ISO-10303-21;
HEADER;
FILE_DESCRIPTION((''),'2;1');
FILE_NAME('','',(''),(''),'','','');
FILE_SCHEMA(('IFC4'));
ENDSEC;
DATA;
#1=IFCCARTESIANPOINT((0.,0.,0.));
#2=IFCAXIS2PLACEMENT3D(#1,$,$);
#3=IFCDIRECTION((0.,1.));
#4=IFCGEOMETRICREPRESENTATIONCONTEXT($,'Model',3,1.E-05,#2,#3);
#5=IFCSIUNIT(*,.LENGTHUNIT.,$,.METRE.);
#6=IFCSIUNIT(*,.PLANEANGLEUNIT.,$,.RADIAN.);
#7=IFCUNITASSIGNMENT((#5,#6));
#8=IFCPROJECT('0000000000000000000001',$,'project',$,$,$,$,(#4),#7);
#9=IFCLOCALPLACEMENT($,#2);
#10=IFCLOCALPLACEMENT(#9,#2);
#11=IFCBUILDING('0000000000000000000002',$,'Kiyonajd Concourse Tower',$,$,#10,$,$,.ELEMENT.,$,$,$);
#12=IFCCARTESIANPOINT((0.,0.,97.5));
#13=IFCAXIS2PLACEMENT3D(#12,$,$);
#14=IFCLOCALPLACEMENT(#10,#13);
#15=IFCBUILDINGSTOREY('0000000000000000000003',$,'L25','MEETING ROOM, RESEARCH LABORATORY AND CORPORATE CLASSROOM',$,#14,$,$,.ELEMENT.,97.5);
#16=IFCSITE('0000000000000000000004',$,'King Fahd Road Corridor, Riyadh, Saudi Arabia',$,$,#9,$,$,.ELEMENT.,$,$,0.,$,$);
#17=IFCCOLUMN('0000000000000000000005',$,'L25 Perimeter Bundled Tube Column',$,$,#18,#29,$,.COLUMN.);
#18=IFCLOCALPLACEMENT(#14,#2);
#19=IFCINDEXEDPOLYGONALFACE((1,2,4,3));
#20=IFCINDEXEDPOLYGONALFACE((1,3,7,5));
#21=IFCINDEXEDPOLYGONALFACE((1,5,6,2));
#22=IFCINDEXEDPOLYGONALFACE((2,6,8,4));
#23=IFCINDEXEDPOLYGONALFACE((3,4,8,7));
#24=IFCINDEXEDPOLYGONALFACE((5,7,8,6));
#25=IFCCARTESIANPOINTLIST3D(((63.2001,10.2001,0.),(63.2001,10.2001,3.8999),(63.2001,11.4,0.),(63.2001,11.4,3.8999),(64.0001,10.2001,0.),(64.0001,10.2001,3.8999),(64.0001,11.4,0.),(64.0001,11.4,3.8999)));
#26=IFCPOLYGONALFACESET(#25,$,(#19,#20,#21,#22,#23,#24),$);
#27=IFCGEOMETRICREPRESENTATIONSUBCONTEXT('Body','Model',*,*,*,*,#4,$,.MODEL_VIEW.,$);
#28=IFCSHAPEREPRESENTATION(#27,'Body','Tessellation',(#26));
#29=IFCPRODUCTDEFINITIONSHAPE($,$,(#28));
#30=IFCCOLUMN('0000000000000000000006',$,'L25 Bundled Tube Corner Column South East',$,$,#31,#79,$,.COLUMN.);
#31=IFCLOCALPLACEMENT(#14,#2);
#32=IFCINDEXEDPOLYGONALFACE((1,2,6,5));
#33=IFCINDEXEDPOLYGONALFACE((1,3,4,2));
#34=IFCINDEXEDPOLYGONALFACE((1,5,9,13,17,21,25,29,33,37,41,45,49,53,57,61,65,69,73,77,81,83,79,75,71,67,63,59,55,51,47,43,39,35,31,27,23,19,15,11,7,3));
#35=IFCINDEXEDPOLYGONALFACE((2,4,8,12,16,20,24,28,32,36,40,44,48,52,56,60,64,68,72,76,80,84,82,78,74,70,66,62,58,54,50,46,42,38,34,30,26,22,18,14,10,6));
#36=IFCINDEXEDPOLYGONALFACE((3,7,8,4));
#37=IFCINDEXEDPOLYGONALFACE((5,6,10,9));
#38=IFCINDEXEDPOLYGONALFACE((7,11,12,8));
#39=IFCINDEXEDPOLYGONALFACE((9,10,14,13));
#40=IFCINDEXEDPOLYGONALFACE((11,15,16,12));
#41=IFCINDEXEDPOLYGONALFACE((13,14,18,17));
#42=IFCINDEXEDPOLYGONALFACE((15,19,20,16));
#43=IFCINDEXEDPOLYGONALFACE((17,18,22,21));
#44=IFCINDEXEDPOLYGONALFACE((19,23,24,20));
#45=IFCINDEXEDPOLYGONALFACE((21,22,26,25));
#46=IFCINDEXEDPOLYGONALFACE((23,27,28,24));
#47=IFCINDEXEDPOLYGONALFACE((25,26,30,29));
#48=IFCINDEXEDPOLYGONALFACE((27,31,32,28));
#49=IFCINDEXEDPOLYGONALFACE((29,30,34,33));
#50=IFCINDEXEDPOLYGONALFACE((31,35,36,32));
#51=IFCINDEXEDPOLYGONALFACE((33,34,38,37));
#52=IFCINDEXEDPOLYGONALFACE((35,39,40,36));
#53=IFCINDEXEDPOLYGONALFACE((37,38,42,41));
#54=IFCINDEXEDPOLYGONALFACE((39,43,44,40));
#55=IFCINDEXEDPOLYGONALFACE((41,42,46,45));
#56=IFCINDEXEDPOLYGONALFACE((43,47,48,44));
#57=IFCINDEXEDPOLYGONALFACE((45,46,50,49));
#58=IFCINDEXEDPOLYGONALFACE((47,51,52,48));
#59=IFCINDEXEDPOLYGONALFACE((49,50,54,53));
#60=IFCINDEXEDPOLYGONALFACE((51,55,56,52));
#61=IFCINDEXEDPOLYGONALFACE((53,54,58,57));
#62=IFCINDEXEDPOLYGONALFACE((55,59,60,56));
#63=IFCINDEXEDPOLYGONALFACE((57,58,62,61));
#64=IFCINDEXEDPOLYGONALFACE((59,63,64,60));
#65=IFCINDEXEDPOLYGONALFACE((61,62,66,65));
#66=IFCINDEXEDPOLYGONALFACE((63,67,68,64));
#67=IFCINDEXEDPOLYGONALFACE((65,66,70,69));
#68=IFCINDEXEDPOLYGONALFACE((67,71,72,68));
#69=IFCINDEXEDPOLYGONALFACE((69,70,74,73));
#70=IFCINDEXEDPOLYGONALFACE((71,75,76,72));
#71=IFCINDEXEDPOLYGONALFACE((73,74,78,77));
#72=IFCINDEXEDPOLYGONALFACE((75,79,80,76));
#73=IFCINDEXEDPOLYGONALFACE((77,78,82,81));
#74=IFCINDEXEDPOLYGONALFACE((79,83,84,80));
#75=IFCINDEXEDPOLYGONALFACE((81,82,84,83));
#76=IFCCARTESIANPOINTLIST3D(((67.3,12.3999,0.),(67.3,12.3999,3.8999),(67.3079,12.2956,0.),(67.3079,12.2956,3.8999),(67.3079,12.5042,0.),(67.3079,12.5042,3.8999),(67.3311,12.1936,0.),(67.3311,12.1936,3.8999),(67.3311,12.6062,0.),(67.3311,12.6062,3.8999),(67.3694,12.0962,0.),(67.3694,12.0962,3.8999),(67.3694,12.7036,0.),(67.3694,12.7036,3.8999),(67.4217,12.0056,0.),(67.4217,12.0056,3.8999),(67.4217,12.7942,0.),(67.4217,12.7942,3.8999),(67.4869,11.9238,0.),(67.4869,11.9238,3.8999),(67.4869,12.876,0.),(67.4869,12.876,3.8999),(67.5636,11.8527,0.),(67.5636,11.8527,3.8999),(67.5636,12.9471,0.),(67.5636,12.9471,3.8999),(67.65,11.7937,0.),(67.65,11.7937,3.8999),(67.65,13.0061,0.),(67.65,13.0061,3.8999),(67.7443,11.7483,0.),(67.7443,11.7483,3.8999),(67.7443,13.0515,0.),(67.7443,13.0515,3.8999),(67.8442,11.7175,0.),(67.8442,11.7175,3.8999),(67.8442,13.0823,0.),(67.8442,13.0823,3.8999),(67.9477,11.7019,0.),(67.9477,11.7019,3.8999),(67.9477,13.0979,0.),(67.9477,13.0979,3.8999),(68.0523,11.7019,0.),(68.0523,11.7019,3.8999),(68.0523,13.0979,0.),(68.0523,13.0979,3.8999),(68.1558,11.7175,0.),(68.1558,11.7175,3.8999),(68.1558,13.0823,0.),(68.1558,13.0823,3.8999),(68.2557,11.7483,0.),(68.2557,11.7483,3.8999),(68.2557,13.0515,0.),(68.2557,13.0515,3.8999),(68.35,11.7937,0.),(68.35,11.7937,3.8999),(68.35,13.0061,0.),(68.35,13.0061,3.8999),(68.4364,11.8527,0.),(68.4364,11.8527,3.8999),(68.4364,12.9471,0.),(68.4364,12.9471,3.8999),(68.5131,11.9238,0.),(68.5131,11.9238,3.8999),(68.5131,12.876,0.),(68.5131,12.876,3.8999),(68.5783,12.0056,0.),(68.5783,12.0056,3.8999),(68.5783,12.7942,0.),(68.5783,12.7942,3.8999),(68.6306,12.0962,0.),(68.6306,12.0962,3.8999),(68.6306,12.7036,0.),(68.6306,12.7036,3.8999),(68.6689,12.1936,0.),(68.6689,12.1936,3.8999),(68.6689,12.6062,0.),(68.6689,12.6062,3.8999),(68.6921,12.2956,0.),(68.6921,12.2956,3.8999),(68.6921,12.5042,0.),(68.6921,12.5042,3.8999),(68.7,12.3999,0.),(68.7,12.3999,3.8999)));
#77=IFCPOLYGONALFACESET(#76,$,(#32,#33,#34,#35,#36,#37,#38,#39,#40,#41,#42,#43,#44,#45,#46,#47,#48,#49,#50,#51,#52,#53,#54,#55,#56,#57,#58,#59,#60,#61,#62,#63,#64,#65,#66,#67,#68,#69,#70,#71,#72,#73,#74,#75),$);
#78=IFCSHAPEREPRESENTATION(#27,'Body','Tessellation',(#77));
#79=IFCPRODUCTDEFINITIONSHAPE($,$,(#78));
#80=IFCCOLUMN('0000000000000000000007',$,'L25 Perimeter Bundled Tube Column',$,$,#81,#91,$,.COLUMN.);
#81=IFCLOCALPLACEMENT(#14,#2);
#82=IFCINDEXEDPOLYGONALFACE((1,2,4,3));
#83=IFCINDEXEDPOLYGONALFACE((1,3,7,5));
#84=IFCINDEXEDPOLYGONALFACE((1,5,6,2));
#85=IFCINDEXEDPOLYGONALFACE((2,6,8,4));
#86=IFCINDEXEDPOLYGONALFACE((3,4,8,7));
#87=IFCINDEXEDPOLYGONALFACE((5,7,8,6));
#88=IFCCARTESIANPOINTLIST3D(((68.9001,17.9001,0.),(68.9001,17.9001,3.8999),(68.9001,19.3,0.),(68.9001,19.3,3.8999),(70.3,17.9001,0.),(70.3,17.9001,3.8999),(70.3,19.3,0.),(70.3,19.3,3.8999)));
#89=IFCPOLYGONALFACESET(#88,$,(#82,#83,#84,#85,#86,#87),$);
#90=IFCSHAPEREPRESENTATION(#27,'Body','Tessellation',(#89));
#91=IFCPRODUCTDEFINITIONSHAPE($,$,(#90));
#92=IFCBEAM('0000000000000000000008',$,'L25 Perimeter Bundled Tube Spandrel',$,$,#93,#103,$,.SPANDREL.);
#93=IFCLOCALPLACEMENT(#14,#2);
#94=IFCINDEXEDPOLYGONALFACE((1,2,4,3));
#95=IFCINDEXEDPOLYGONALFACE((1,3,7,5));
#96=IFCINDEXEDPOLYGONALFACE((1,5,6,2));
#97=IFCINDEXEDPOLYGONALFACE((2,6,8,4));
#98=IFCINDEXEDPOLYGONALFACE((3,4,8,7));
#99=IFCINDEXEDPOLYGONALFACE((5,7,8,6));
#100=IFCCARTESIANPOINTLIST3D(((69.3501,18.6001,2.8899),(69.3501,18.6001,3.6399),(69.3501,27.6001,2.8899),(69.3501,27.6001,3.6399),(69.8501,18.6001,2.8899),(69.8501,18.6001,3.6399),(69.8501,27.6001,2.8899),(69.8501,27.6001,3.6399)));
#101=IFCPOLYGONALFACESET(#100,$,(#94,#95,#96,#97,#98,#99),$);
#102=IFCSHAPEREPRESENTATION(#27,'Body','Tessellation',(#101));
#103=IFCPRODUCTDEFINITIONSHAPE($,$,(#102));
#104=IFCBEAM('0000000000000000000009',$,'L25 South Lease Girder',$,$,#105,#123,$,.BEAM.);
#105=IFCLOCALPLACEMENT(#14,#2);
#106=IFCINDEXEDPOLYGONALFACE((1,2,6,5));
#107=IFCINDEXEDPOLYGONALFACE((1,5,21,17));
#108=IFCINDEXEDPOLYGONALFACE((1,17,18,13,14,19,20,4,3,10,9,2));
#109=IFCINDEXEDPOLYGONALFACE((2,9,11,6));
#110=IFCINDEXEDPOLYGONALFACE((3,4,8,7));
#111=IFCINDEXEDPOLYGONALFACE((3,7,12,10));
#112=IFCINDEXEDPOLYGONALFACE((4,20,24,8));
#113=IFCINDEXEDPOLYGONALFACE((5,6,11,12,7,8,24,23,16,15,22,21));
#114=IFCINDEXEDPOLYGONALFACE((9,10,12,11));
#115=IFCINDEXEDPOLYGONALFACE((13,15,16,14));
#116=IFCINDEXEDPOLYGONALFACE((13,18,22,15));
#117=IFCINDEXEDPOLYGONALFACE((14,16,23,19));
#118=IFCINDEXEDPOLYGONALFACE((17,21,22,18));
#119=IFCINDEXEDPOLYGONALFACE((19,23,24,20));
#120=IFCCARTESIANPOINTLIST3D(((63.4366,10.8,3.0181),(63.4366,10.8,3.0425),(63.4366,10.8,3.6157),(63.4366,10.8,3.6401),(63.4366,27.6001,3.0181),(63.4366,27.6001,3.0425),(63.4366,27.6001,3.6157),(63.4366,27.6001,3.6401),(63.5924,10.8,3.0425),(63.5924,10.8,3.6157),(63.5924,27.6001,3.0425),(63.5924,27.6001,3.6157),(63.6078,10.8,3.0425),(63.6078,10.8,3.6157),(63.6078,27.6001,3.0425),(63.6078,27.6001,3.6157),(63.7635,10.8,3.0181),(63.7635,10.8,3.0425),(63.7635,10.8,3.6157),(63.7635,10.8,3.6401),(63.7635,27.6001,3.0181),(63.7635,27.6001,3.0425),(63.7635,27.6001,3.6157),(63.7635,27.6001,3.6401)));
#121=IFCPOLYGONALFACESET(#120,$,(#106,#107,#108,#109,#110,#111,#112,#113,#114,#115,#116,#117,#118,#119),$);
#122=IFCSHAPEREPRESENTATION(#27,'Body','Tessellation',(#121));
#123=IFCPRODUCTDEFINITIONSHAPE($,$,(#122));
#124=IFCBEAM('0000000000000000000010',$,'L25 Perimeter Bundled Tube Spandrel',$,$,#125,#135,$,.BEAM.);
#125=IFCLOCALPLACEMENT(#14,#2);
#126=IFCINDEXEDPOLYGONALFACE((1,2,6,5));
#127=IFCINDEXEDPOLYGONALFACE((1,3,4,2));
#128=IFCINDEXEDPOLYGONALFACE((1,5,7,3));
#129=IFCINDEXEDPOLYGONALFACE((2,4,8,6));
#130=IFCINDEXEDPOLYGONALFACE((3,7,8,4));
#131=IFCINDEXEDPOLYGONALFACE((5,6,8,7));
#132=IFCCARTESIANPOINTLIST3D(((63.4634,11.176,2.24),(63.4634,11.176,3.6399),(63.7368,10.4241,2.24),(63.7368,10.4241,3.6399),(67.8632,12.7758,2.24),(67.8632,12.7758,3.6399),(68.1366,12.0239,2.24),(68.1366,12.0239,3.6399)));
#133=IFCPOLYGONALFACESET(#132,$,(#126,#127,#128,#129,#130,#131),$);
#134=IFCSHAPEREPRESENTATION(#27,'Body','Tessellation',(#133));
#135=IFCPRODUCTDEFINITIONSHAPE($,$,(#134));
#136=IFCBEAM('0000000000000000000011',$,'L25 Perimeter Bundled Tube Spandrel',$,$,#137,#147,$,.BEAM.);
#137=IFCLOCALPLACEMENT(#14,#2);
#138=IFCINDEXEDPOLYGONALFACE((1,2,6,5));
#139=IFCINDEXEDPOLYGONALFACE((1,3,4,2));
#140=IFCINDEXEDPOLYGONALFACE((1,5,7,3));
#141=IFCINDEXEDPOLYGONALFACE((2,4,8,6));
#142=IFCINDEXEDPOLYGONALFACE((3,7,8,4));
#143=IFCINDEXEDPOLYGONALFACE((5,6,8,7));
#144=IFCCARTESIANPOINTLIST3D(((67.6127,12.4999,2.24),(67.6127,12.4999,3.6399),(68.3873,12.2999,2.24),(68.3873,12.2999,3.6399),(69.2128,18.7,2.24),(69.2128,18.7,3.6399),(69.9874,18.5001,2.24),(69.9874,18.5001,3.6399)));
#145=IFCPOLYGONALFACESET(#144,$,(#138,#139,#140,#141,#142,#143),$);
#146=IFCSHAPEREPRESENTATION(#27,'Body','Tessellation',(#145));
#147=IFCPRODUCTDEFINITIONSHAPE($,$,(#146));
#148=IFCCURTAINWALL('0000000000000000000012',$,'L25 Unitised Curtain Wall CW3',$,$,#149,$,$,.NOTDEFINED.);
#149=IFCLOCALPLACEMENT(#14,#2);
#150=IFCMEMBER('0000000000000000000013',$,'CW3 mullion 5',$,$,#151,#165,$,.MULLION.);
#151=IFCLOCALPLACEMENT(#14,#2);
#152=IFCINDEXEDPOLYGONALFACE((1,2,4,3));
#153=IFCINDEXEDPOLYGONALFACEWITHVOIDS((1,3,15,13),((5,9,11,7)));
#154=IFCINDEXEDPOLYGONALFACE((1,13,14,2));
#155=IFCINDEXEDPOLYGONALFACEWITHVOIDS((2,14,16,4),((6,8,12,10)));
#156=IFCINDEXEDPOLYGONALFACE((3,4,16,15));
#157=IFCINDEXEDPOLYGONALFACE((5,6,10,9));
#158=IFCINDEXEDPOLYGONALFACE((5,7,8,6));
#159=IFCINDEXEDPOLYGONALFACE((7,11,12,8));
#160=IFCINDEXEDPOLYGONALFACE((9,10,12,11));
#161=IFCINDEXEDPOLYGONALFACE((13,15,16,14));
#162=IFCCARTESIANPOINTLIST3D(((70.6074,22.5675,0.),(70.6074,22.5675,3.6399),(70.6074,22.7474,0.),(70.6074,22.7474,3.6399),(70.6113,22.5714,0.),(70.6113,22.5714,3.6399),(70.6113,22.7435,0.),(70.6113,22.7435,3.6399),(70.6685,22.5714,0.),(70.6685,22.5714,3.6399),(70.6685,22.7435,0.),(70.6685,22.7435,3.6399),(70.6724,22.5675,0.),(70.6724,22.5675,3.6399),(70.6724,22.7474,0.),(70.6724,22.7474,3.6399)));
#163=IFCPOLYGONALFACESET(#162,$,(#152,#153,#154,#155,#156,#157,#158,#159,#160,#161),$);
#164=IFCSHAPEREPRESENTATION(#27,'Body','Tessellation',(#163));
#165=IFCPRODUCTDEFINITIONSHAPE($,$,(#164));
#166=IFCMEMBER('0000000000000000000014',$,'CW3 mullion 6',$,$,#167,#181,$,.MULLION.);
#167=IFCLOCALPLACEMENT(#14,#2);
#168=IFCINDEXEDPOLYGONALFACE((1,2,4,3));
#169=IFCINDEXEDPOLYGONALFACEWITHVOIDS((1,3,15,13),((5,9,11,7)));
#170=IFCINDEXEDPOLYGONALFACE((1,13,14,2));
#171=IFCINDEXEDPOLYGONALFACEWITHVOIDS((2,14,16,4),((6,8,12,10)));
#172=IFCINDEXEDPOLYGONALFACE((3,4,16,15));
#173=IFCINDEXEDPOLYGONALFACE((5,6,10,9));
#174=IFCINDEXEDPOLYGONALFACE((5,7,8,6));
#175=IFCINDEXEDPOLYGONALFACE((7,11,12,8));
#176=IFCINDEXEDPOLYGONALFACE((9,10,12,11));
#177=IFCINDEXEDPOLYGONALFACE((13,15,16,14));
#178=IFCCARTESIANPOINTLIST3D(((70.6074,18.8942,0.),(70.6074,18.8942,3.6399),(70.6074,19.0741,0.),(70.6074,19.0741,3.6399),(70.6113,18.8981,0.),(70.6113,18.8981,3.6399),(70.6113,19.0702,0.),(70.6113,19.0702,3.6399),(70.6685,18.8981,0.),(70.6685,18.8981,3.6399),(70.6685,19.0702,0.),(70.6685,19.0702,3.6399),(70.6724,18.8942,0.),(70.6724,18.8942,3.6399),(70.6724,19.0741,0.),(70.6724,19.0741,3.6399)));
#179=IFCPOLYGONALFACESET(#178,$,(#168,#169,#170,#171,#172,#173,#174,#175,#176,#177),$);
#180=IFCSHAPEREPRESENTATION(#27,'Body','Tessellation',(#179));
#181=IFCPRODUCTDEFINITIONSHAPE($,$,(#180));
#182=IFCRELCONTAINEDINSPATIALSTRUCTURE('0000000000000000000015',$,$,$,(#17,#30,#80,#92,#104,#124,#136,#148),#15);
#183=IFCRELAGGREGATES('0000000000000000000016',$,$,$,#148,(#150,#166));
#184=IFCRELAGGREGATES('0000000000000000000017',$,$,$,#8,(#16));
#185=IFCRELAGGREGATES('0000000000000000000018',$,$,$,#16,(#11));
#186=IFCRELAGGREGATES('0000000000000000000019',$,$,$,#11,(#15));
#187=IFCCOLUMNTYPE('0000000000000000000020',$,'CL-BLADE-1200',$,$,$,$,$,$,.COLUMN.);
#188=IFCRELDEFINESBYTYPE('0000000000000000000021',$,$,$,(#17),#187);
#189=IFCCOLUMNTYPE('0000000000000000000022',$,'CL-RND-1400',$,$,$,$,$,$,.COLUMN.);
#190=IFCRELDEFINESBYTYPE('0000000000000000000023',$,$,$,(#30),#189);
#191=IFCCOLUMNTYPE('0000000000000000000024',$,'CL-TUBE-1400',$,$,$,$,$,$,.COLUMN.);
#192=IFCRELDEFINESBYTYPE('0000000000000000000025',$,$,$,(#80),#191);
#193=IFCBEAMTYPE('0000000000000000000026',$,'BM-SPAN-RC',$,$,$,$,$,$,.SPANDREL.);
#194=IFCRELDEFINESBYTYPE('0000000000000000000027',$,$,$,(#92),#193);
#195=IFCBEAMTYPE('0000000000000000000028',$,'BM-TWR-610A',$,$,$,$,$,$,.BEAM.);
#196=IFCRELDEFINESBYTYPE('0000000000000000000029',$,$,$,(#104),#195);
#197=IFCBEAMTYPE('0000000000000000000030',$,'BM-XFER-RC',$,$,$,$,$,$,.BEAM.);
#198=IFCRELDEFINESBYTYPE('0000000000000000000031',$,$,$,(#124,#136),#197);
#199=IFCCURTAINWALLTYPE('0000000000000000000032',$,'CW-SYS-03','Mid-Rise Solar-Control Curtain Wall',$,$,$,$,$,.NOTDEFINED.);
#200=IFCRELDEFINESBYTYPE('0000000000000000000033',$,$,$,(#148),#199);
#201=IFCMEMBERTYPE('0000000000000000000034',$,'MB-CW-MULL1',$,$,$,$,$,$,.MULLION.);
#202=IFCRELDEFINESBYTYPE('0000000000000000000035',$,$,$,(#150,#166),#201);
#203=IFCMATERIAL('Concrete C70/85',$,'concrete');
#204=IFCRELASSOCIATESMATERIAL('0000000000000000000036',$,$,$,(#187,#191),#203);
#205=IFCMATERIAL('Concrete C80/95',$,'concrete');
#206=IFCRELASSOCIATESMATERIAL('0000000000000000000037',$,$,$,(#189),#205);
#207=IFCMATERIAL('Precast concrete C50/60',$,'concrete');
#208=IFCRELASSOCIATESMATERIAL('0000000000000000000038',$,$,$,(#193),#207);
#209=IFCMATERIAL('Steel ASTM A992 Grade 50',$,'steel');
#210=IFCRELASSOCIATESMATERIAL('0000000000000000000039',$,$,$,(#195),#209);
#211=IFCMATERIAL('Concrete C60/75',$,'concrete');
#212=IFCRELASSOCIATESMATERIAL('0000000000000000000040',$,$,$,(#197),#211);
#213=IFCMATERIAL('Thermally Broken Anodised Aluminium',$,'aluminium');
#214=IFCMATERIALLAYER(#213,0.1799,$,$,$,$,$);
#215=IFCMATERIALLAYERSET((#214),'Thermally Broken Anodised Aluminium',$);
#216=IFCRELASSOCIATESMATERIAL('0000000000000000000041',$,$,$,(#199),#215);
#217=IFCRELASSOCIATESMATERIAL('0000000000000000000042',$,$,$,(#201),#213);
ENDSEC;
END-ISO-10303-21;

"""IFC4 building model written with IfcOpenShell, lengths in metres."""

from ifc_helpers import new_model, si_unit, direction, frame, origin, origin_2d, place, context, subcontext, project, spatial, rectangle, hollow_rectangle, circle, i_section, extrude, material, layer, layer_set, material_profile, profile_set, type_object, element, aggregate, save


model = new_model("IFC4")

# Units and contexts
model_context = context("Model", 3, precision=1e-05, world=origin(), true_north=direction((0.0, 1.0)))
body_context = subcontext(model_context, "Body", "Model", "MODEL_VIEW")
ifc_project = project(units=[si_unit("LENGTHUNIT", "METRE"), si_unit("PLANEANGLEUNIT", "RADIAN")], contexts=[model_context])

# Site, building, storey
site_placement = place(None, origin())
site = spatial("IfcSite", under=ifc_project, at=site_placement, Name="King Fahd Road Corridor, Riyadh, Saudi Arabia", CompositionType="ELEMENT", RefElevation=0.0)
building_placement = place(site_placement, origin())
building = spatial("IfcBuilding", under=site, at=building_placement, Name="Kiyonajd Concourse Tower", CompositionType="ELEMENT")
storey_placement = place(building_placement, frame((0.0, 0.0, 97.5)))
storey = spatial("IfcBuildingStorey", under=building, at=storey_placement, Name="L25", Description="MEETING ROOM, RESEARCH LABORATORY AND CORPORATE CLASSROOM", CompositionType="ELEMENT", Elevation=97.5)

# Columns
ifc_material_1 = material(Name="Concrete C70/85", Category="concrete")
ifc_material_profile_1 = material_profile(ifc_material_1, rectangle(XDim=0.8, YDim=1.2, at=origin_2d()), Name="RC-1200x800")
ifc_profile_set_1 = profile_set([ifc_material_profile_1], Name="Concrete C70/85")
column_type_1 = type_object("IfcColumnType", Name="CL-BLADE-1200", PredefinedType="COLUMN", material=ifc_profile_set_1)
column_1_placement = place(storey_placement, frame((63.6001, 10.8, 0.0), z_axis=(0.0, 0.0, 1.0), x_axis=(1.0, 0.0, 0.0)))
element("IfcColumn", 1, at=column_1_placement, inside=storey, type_object=column_type_1, Name="L25 Perimeter Bundled Tube Column", PredefinedType="COLUMN", context=body_context, shape_type="SweptSolid", body=[
    extrude(rectangle(XDim=0.8, YDim=1.2, at=origin_2d()), origin(), (0.0, 0.0, 1.0), 3.8999),
])
ifc_material_2 = material(Name="Concrete C80/95", Category="concrete")
ifc_material_profile_2 = material_profile(ifc_material_2, circle(Radius=0.7, at=origin_2d()), Name="RCC-D1400")
ifc_profile_set_2 = profile_set([ifc_material_profile_2], Name="Concrete C80/95")
column_type_2 = type_object("IfcColumnType", Name="CL-RND-1400", PredefinedType="COLUMN", material=ifc_profile_set_2)
column_2_placement = place(storey_placement, frame((68.0, 12.3999, 0.0), z_axis=(0.0, 0.0, 1.0), x_axis=(1.0, 0.0, 0.0)))
element("IfcColumn", 2, at=column_2_placement, inside=storey, type_object=column_type_2, Name="L25 Bundled Tube Corner Column South East", PredefinedType="COLUMN", context=body_context, shape_type="SweptSolid", body=[
    extrude(circle(Radius=0.7, at=origin_2d()), origin(), (0.0, 0.0, 1.0), 3.8999),
])
ifc_material_profile_3 = material_profile(ifc_material_1, rectangle(XDim=1.3999, YDim=1.3999, at=origin_2d()), Name="RC-1400x1400")
ifc_profile_set_3 = profile_set([ifc_material_profile_3], Name="Concrete C70/85")
column_type_3 = type_object("IfcColumnType", Name="CL-TUBE-1400", PredefinedType="COLUMN", material=ifc_profile_set_3)
column_3_placement = place(storey_placement, frame((69.6001, 18.6001, 0.0), z_axis=(0.0, 0.0, 1.0), x_axis=(1.0, 0.0, 0.0)))
element("IfcColumn", 3, at=column_3_placement, inside=storey, type_object=column_type_3, Name="L25 Perimeter Bundled Tube Column", PredefinedType="COLUMN", context=body_context, shape_type="SweptSolid", body=[
    extrude(rectangle(XDim=1.3999, YDim=1.3999, at=origin_2d()), origin(), (0.0, 0.0, 1.0), 3.8999),
])

# Beams
ifc_material_3 = material(Name="Precast concrete C50/60", Category="concrete")
ifc_material_profile_4 = material_profile(ifc_material_3, rectangle(XDim=0.5, YDim=0.75, at=origin_2d()), Name="RCBM-500x750")
ifc_profile_set_4 = profile_set([ifc_material_profile_4], Name="Precast concrete C50/60")
beam_type_1 = type_object("IfcBeamType", Name="BM-SPAN-RC", PredefinedType="SPANDREL", material=ifc_profile_set_4)
beam_1_placement = place(storey_placement, frame((69.6001, 18.6001, 3.2649), z_axis=(0.0, 1.0, 0.0), x_axis=(-1.0, 0.0, 0.0)))
element("IfcBeam", 4, at=beam_1_placement, inside=storey, type_object=beam_type_1, Name="L25 Perimeter Bundled Tube Spandrel", PredefinedType="SPANDREL", context=body_context, shape_type="SweptSolid", body=[
    extrude(rectangle(XDim=0.5, YDim=0.75, at=origin_2d()), origin(), (0.0, 0.0, 1.0), 9.0),
])
ifc_material_4 = material(Name="Steel ASTM A992 Grade 50", Category="steel")
ifc_material_profile_5 = material_profile(ifc_material_4, i_section(OverallWidth=0.3269, OverallDepth=0.6221, WebThickness=0.0154, FlangeThickness=0.0244, at=origin_2d()), Name="W610X195")
ifc_profile_set_5 = profile_set([ifc_material_profile_5], Name="Steel ASTM A992 Grade 50")
beam_type_2 = type_object("IfcBeamType", Name="BM-TWR-610A", PredefinedType="BEAM", material=ifc_profile_set_5)
beam_2_placement = place(storey_placement, frame((63.6001, 10.8, 3.3291), z_axis=(0.0, 1.0, 0.0), x_axis=(-1.0, 0.0, 0.0)))
element("IfcBeam", 5, at=beam_2_placement, inside=storey, type_object=beam_type_2, Name="L25 South Lease Girder", PredefinedType="BEAM", context=body_context, shape_type="SweptSolid", body=[
    extrude(i_section(OverallWidth=0.3269, OverallDepth=0.6221, WebThickness=0.0154, FlangeThickness=0.0244, at=origin_2d()), origin(), (0.0, 0.0, 1.0), 16.8),
])
ifc_material_5 = material(Name="Concrete C60/75", Category="concrete")
ifc_material_profile_6 = material_profile(ifc_material_5, rectangle(XDim=0.8, YDim=1.3999, at=origin_2d()), Name="RCBM-800x1400")
ifc_profile_set_6 = profile_set([ifc_material_profile_6], Name="Concrete C60/75")
beam_type_3 = type_object("IfcBeamType", Name="BM-XFER-RC", PredefinedType="BEAM", material=ifc_profile_set_6)
beam_3_placement = place(storey_placement, frame((63.6001, 10.8, 2.9399), z_axis=(0.939801, 0.341722, 0.0), x_axis=(-0.341722, 0.939801, 0.0)))
element("IfcBeam", 6, at=beam_3_placement, inside=storey, type_object=beam_type_3, Name="L25 Perimeter Bundled Tube Spandrel", PredefinedType="BEAM", context=body_context, shape_type="SweptSolid", body=[
    extrude(rectangle(XDim=0.8, YDim=1.3999, at=origin_2d()), origin(), (0.0, 0.0, 1.0), 4.6816),
])
beam_4_placement = place(storey_placement, frame((68.0, 12.3999, 2.9399), z_axis=(0.249885, 0.968276, 0.0), x_axis=(-0.968276, 0.249885, 0.0)))
element("IfcBeam", 7, at=beam_4_placement, inside=storey, type_object=beam_type_3, Name="L25 Perimeter Bundled Tube Spandrel", PredefinedType="BEAM", context=body_context, shape_type="SweptSolid", body=[
    extrude(rectangle(XDim=0.8, YDim=1.3999, at=origin_2d()), origin(), (0.0, 0.0, 1.0), 6.4033),
])

# Curtain wall, members
ifc_material_6 = material(Name="Thermally Broken Anodised Aluminium", Category="aluminium")
ifc_layer_1 = layer(ifc_material_6, 0.1799)
ifc_layer_set_1 = layer_set([ifc_layer_1], Name="Thermally Broken Anodised Aluminium")
curtain_wall_type = type_object("IfcCurtainWallType", Name="CW-SYS-03", Description="Mid-Rise Solar-Control Curtain Wall", PredefinedType="NOTDEFINED", material=ifc_layer_set_1)
curtain_wall_placement = place(storey_placement, origin())
curtain_wall = element("IfcCurtainWall", 8, at=curtain_wall_placement, inside=storey, type_object=curtain_wall_type, Name="L25 Unitised Curtain Wall CW3", PredefinedType="NOTDEFINED")
ifc_material_profile_7 = material_profile(ifc_material_6, hollow_rectangle(XDim=0.0649, YDim=0.1799, WallThickness=0.0039, at=origin_2d()), Name="MULL-65x180")
ifc_profile_set_7 = profile_set([ifc_material_profile_7], Name="Thermally Broken Anodised Aluminium")
member_type_1 = type_object("IfcMemberType", Name="MB-CW-MULL1", PredefinedType="MULLION", material=ifc_profile_set_7)
member_1_placement = place(storey_placement, frame((70.6399, 22.6575, 0.0), z_axis=(0.0, 0.0, 1.0), x_axis=(1.0, 0.0, 0.0)))
member_1 = element("IfcMember", 9, at=member_1_placement, type_object=member_type_1, Name="CW3 mullion 5", PredefinedType="MULLION", context=body_context, shape_type="SweptSolid", body=[
    extrude(hollow_rectangle(XDim=0.0649, YDim=0.1799, WallThickness=0.0039, at=origin_2d()), origin(), (0.0, 0.0, 1.0), 3.6399),
])
member_2_placement = place(storey_placement, frame((70.6399, 18.9841, 0.0), z_axis=(0.0, 0.0, 1.0), x_axis=(1.0, 0.0, 0.0)))
member_2 = element("IfcMember", 10, at=member_2_placement, type_object=member_type_1, Name="CW3 mullion 6", PredefinedType="MULLION", context=body_context, shape_type="SweptSolid", body=[
    extrude(hollow_rectangle(XDim=0.0649, YDim=0.1799, WallThickness=0.0039, at=origin_2d()), origin(), (0.0, 0.0, 1.0), 3.6399),
])
aggregate(curtain_wall, [member_1, member_2])

save(model, "model.ifc")
